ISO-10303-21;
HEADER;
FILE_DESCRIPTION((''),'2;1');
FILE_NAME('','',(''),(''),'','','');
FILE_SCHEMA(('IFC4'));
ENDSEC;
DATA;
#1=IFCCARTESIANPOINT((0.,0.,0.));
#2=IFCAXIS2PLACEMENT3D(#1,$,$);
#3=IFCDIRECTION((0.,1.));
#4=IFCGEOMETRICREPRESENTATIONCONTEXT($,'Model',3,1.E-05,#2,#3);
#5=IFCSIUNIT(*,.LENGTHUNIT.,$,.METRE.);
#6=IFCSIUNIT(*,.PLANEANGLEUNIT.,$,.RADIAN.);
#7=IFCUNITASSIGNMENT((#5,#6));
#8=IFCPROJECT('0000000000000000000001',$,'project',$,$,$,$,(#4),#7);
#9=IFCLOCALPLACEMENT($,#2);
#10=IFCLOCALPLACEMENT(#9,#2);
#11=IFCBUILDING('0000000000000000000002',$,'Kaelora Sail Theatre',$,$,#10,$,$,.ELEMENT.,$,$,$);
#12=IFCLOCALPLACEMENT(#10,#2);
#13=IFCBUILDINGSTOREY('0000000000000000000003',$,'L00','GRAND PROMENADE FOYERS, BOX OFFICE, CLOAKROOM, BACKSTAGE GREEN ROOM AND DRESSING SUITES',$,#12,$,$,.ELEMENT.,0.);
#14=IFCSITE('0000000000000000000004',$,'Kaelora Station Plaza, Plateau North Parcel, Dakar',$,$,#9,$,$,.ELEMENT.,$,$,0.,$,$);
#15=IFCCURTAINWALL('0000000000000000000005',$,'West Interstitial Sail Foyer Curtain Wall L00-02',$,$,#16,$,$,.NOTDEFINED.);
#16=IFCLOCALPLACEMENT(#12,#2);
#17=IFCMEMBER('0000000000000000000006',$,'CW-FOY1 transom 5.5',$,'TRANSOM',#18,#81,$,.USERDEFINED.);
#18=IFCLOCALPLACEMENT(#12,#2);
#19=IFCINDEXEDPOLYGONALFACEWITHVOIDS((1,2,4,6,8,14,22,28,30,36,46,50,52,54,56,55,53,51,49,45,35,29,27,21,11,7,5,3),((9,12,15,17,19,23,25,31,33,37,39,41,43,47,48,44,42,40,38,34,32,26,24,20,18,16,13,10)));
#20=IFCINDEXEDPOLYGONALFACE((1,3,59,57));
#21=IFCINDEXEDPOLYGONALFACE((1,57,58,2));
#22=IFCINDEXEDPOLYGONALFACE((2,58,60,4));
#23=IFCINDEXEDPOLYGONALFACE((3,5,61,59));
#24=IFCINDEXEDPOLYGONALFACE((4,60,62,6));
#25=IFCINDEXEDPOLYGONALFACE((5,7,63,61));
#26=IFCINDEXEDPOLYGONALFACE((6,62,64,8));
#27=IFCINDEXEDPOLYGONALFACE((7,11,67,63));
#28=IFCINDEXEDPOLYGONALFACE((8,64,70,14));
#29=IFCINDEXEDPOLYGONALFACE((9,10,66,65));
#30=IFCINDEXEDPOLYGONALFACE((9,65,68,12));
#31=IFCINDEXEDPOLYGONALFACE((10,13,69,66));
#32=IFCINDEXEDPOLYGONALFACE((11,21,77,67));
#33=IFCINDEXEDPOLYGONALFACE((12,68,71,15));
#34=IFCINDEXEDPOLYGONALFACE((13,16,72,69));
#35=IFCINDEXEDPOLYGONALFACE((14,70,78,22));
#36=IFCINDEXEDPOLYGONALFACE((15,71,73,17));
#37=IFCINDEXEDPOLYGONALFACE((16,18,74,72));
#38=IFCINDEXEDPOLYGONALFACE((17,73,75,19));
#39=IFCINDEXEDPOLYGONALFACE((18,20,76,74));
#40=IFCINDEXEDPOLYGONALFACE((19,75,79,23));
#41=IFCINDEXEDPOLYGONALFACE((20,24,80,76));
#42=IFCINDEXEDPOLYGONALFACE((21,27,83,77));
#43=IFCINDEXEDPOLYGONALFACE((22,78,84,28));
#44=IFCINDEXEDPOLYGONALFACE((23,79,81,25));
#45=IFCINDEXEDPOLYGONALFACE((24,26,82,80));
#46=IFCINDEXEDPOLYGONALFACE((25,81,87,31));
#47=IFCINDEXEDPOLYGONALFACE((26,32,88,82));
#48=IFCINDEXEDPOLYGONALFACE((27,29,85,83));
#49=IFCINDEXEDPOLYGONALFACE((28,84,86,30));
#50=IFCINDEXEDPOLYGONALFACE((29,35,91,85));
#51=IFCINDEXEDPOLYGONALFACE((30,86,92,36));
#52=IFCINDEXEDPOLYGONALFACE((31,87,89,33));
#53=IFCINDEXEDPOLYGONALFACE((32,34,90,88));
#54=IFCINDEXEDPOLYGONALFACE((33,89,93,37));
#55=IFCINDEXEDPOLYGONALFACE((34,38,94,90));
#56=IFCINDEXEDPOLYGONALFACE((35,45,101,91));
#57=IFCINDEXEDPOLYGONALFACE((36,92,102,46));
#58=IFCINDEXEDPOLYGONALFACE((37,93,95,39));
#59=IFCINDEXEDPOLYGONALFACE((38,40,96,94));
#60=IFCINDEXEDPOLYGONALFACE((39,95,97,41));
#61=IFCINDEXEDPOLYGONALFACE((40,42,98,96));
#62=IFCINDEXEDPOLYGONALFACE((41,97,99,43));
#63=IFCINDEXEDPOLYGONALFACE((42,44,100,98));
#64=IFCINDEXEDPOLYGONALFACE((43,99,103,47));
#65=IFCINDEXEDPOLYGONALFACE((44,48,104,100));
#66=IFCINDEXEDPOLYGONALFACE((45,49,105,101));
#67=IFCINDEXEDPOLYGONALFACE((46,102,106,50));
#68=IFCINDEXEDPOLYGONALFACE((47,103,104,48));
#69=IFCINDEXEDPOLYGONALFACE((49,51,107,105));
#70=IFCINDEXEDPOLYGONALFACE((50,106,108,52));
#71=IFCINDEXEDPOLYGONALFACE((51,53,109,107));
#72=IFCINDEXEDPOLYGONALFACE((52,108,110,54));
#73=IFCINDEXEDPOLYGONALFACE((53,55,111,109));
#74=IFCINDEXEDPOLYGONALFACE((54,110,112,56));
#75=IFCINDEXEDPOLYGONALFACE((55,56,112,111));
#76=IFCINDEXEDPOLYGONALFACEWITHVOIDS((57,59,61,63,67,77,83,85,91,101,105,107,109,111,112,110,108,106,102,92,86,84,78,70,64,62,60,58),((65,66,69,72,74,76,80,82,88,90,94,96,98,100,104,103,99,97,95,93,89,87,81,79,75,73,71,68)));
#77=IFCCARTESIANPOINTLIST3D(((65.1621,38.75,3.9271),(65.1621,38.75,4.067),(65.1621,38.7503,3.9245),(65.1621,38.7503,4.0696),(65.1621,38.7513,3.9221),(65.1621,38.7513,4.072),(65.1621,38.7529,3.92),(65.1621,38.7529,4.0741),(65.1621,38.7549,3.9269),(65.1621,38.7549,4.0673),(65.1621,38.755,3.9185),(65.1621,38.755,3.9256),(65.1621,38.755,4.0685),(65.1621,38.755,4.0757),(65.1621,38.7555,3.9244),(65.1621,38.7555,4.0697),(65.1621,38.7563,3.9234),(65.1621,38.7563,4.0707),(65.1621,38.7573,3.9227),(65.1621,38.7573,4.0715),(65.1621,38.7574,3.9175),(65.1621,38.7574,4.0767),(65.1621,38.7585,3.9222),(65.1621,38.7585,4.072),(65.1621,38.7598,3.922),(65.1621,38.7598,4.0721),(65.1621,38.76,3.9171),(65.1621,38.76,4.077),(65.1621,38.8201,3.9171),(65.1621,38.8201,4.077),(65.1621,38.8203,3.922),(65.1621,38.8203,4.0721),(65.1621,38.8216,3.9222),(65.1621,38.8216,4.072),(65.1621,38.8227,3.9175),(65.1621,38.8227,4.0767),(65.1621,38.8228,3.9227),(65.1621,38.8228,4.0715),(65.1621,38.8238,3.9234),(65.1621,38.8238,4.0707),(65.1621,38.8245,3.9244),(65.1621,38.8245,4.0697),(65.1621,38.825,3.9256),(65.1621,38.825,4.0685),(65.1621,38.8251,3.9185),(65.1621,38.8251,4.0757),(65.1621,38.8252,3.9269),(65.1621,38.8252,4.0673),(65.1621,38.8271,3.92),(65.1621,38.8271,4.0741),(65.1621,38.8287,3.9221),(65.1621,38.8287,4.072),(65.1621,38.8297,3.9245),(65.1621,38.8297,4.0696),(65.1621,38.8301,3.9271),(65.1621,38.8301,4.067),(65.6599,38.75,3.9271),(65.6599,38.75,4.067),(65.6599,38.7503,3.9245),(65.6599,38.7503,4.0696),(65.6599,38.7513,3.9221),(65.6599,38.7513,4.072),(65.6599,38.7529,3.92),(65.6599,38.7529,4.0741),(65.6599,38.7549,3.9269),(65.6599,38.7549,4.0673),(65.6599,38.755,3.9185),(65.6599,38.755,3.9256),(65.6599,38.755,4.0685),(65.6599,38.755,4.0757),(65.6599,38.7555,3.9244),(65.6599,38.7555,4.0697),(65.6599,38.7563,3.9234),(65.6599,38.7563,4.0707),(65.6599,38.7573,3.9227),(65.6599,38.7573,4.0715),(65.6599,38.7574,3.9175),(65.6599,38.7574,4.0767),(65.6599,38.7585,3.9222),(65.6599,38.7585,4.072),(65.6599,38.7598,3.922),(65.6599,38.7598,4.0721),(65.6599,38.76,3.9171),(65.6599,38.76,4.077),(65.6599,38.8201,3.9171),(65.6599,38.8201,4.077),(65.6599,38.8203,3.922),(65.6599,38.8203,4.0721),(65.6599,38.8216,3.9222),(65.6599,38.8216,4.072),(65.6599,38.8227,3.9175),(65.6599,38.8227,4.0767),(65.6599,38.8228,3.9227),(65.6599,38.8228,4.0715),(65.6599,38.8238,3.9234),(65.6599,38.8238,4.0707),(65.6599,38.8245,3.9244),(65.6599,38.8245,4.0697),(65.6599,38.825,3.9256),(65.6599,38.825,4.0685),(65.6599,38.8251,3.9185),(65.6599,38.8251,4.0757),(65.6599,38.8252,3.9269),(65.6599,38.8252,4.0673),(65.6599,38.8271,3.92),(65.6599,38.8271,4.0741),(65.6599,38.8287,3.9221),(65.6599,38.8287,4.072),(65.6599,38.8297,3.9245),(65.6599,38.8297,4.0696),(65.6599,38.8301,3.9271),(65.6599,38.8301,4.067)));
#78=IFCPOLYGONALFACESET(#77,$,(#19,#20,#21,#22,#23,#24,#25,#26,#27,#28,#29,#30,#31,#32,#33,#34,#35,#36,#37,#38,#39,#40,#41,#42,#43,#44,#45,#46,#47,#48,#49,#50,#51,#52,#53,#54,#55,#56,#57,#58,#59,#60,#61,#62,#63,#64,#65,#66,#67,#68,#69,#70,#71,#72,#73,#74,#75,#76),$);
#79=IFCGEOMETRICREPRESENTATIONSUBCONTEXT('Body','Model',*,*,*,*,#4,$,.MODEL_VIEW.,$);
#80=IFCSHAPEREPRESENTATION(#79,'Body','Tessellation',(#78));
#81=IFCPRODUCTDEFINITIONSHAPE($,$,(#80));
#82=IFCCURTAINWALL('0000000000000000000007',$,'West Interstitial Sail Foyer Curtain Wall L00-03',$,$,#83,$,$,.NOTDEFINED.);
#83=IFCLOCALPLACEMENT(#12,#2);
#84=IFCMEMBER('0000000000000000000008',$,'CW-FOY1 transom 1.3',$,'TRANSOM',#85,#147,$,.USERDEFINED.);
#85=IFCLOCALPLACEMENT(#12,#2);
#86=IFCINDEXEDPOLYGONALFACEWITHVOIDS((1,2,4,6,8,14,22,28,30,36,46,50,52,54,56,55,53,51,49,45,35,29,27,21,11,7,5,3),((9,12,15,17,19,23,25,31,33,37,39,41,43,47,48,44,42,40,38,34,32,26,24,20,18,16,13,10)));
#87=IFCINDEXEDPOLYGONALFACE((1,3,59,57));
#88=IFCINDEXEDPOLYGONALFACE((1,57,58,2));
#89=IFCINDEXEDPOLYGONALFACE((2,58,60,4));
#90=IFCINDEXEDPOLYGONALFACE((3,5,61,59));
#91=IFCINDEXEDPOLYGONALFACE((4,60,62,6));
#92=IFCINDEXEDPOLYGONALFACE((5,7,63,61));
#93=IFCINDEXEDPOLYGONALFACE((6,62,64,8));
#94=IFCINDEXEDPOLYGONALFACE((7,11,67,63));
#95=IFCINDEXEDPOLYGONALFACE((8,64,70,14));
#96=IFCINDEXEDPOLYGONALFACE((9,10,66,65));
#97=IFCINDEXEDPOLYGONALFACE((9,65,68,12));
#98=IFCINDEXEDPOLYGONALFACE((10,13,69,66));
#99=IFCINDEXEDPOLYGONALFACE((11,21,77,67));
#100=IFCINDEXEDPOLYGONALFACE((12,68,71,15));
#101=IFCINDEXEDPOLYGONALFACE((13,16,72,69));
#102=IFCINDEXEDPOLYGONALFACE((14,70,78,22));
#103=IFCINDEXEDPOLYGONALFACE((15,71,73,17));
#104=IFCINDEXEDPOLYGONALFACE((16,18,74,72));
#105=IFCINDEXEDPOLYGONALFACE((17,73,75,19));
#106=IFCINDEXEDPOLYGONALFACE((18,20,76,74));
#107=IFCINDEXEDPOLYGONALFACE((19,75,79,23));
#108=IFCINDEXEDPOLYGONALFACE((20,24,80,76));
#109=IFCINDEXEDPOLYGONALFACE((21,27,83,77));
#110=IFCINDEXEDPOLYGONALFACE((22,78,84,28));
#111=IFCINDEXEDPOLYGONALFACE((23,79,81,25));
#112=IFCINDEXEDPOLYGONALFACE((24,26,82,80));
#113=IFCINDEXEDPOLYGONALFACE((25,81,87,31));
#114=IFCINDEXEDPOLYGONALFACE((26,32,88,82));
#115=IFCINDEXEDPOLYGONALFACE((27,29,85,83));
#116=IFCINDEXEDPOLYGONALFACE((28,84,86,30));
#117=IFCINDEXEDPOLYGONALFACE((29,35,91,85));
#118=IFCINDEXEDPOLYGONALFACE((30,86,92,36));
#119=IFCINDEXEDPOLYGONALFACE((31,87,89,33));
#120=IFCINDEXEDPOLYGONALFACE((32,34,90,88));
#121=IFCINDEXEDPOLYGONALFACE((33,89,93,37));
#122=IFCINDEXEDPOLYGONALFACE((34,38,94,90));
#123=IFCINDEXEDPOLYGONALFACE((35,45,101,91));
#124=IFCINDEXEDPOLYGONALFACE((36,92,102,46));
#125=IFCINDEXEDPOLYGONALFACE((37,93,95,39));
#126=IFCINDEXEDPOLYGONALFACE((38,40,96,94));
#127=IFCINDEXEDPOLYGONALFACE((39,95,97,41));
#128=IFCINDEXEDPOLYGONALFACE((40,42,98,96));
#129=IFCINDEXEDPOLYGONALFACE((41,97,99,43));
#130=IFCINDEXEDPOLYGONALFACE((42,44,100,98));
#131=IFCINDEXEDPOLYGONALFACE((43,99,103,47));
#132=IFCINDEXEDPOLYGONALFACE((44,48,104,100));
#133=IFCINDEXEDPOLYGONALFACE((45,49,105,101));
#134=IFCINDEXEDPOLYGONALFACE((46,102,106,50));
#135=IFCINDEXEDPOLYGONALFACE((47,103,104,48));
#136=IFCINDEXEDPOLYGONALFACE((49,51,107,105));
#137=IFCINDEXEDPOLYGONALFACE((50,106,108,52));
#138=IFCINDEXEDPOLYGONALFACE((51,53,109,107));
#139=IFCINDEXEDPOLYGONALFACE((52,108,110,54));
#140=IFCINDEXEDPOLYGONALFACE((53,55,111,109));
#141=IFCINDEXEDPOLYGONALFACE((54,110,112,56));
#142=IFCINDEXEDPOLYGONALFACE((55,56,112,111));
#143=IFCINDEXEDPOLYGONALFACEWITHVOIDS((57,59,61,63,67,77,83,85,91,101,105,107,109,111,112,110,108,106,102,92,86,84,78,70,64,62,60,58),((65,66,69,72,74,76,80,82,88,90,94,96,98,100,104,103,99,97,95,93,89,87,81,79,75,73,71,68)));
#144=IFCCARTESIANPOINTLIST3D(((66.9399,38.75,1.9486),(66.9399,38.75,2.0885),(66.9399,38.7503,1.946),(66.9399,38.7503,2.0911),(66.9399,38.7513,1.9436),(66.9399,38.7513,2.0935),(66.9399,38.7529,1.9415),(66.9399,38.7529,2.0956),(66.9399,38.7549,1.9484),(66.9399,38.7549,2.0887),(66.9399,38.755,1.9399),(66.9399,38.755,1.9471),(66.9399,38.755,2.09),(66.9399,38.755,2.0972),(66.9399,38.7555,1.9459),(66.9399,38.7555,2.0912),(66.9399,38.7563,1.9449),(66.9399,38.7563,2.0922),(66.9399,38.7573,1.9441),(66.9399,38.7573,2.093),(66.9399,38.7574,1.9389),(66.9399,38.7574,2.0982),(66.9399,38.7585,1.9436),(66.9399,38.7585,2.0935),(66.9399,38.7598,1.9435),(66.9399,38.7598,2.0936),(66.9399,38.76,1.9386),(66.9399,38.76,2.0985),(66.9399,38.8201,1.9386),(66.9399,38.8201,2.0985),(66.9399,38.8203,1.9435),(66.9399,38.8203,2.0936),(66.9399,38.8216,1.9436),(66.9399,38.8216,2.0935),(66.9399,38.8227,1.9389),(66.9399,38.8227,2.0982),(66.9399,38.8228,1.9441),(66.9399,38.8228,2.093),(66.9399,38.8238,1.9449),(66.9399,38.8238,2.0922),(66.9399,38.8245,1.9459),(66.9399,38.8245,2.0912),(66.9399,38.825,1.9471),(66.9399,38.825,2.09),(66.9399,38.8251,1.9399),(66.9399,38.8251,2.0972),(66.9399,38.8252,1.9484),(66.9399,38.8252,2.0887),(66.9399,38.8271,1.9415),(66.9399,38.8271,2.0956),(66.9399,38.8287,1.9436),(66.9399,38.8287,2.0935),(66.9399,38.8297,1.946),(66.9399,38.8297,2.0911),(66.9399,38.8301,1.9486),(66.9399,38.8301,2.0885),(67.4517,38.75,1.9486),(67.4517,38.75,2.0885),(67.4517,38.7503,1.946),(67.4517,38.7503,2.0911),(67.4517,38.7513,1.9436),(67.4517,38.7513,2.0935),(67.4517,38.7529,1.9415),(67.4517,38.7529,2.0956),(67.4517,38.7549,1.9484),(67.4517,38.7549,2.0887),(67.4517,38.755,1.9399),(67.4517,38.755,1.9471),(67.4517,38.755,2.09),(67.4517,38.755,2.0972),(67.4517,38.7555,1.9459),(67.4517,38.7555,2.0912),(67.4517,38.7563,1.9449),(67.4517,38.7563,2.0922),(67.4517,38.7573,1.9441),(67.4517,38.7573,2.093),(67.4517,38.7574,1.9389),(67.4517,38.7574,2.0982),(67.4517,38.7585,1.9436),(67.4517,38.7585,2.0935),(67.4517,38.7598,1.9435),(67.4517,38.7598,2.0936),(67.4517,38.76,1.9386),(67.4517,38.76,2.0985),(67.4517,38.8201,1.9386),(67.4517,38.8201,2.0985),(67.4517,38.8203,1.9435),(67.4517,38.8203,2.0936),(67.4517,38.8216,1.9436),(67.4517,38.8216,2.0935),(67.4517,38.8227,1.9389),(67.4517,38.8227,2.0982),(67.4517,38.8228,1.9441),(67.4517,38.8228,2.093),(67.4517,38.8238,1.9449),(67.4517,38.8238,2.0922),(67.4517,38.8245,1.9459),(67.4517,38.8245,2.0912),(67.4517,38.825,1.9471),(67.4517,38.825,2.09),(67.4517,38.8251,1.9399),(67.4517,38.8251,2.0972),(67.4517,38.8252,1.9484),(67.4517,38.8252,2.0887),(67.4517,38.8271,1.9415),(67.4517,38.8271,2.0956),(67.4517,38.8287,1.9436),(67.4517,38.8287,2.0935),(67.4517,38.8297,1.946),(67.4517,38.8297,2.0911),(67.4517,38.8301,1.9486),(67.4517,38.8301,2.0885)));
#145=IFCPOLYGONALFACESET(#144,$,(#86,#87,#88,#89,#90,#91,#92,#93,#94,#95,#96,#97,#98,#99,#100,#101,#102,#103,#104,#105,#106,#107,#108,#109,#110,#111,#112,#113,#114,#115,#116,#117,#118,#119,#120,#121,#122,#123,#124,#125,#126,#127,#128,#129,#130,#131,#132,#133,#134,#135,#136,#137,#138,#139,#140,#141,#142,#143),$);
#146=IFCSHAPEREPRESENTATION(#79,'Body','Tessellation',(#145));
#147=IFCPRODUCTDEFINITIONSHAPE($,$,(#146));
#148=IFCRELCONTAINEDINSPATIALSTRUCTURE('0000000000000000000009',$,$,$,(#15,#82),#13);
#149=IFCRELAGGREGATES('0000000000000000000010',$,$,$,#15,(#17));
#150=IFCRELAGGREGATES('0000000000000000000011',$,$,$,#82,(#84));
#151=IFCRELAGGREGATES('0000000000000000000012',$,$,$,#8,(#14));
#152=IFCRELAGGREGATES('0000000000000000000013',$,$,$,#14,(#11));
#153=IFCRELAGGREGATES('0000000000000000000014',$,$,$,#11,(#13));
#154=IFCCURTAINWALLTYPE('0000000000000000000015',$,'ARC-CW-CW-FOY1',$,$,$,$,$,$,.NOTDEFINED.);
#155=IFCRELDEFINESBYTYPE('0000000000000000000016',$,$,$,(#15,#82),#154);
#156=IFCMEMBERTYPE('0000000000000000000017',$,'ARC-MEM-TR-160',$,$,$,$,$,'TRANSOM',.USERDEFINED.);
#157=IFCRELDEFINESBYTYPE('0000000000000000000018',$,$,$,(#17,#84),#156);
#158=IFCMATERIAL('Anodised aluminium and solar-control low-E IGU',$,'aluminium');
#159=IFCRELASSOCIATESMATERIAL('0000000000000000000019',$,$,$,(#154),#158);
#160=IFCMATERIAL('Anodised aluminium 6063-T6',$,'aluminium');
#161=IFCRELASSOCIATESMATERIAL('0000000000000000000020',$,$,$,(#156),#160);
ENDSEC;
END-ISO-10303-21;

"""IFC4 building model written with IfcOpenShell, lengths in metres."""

from ifc_helpers import new_model, si_unit, direction, frame, origin, origin_2d, place, context, subcontext, project, spatial, hollow_rectangle, extrude, material, material_profile, profile_set, type_object, element, aggregate, save


model = new_model("IFC4")

# Units and contexts
model_context = context("Model", 3, precision=1e-05, world=origin(), true_north=direction((0.0, 1.0)))
body_context = subcontext(model_context, "Body", "Model", "MODEL_VIEW")
ifc_project = project(units=[si_unit("LENGTHUNIT", "METRE"), si_unit("PLANEANGLEUNIT", "RADIAN")], contexts=[model_context])

# Site, building, storey
site_placement = place(None, origin())
site = spatial("IfcSite", under=ifc_project, at=site_placement, Name="Kaelora Station Plaza, Plateau North Parcel, Dakar", CompositionType="ELEMENT", RefElevation=0.0)
building_placement = place(site_placement, origin())
building = spatial("IfcBuilding", under=site, at=building_placement, Name="Kaelora Sail Theatre", CompositionType="ELEMENT")
storey_placement = place(building_placement, origin())
storey = spatial("IfcBuildingStorey", under=building, at=storey_placement, Name="L00", Description="GRAND PROMENADE FOYERS, BOX OFFICE, CLOAKROOM, BACKSTAGE GREEN ROOM AND DRESSING SUITES", CompositionType="ELEMENT", Elevation=0.0)

# Curtain walls, members
ifc_material_1 = material(Name="Anodised aluminium and solar-control low-E IGU", Category="aluminium")
curtain_wall_type = type_object("IfcCurtainWallType", Name="ARC-CW-CW-FOY1", PredefinedType="NOTDEFINED", material=ifc_material_1)
curtain_wall_1_placement = place(storey_placement, origin())
curtain_wall_1 = element("IfcCurtainWall", 1, at=curtain_wall_1_placement, inside=storey, type_object=curtain_wall_type, Name="West Interstitial Sail Foyer Curtain Wall L00-02", PredefinedType="NOTDEFINED")
ifc_material_2 = material(Name="Anodised aluminium 6063-T6", Category="aluminium")
ifc_material_profile = material_profile(ifc_material_2, hollow_rectangle(XDim=0.0801, YDim=0.1599, WallThickness=0.0049, InnerFilletRadius=0.0049, OuterFilletRadius=0.01, at=origin_2d()), Name="ALU-TRAN 80x160x5")
ifc_profile_set = profile_set([ifc_material_profile], Name="Anodised aluminium 6063-T6")
member_type = type_object("IfcMemberType", Name="ARC-MEM-TR-160", ElementType="TRANSOM", PredefinedType="USERDEFINED", material=ifc_profile_set)
member_1_placement = place(storey_placement, frame((65.1621, 38.79, 3.9971), z_axis=(1.0, 0.0, 0.0), x_axis=(0.0, 1.0, 0.0)))
member_1 = element("IfcMember", 2, at=member_1_placement, type_object=member_type, Name="CW-FOY1 transom 5.5", ObjectType="TRANSOM", PredefinedType="USERDEFINED", context=body_context, shape_type="SweptSolid", body=[
    extrude(hollow_rectangle(XDim=0.0801, YDim=0.1599, WallThickness=0.0049, InnerFilletRadius=0.0049, OuterFilletRadius=0.01, at=origin_2d()), origin(), (0.0, 0.0, 1.0), 0.4978),
])
curtain_wall_2_placement = place(storey_placement, origin())
curtain_wall_2 = element("IfcCurtainWall", 3, at=curtain_wall_2_placement, inside=storey, type_object=curtain_wall_type, Name="West Interstitial Sail Foyer Curtain Wall L00-03", PredefinedType="NOTDEFINED")
member_2_placement = place(storey_placement, frame((66.9399, 38.79, 2.0186), z_axis=(1.0, 0.0, 0.0), x_axis=(0.0, 1.0, 0.0)))
member_2 = element("IfcMember", 4, at=member_2_placement, type_object=member_type, Name="CW-FOY1 transom 1.3", ObjectType="TRANSOM", PredefinedType="USERDEFINED", context=body_context, shape_type="SweptSolid", body=[
    extrude(hollow_rectangle(XDim=0.0801, YDim=0.1599, WallThickness=0.0049, InnerFilletRadius=0.0049, OuterFilletRadius=0.01, at=origin_2d()), origin(), (0.0, 0.0, 1.0), 0.5117),
])

aggregate(curtain_wall_1, [member_1])
aggregate(curtain_wall_2, [member_2])

save(model, "model.ifc")
